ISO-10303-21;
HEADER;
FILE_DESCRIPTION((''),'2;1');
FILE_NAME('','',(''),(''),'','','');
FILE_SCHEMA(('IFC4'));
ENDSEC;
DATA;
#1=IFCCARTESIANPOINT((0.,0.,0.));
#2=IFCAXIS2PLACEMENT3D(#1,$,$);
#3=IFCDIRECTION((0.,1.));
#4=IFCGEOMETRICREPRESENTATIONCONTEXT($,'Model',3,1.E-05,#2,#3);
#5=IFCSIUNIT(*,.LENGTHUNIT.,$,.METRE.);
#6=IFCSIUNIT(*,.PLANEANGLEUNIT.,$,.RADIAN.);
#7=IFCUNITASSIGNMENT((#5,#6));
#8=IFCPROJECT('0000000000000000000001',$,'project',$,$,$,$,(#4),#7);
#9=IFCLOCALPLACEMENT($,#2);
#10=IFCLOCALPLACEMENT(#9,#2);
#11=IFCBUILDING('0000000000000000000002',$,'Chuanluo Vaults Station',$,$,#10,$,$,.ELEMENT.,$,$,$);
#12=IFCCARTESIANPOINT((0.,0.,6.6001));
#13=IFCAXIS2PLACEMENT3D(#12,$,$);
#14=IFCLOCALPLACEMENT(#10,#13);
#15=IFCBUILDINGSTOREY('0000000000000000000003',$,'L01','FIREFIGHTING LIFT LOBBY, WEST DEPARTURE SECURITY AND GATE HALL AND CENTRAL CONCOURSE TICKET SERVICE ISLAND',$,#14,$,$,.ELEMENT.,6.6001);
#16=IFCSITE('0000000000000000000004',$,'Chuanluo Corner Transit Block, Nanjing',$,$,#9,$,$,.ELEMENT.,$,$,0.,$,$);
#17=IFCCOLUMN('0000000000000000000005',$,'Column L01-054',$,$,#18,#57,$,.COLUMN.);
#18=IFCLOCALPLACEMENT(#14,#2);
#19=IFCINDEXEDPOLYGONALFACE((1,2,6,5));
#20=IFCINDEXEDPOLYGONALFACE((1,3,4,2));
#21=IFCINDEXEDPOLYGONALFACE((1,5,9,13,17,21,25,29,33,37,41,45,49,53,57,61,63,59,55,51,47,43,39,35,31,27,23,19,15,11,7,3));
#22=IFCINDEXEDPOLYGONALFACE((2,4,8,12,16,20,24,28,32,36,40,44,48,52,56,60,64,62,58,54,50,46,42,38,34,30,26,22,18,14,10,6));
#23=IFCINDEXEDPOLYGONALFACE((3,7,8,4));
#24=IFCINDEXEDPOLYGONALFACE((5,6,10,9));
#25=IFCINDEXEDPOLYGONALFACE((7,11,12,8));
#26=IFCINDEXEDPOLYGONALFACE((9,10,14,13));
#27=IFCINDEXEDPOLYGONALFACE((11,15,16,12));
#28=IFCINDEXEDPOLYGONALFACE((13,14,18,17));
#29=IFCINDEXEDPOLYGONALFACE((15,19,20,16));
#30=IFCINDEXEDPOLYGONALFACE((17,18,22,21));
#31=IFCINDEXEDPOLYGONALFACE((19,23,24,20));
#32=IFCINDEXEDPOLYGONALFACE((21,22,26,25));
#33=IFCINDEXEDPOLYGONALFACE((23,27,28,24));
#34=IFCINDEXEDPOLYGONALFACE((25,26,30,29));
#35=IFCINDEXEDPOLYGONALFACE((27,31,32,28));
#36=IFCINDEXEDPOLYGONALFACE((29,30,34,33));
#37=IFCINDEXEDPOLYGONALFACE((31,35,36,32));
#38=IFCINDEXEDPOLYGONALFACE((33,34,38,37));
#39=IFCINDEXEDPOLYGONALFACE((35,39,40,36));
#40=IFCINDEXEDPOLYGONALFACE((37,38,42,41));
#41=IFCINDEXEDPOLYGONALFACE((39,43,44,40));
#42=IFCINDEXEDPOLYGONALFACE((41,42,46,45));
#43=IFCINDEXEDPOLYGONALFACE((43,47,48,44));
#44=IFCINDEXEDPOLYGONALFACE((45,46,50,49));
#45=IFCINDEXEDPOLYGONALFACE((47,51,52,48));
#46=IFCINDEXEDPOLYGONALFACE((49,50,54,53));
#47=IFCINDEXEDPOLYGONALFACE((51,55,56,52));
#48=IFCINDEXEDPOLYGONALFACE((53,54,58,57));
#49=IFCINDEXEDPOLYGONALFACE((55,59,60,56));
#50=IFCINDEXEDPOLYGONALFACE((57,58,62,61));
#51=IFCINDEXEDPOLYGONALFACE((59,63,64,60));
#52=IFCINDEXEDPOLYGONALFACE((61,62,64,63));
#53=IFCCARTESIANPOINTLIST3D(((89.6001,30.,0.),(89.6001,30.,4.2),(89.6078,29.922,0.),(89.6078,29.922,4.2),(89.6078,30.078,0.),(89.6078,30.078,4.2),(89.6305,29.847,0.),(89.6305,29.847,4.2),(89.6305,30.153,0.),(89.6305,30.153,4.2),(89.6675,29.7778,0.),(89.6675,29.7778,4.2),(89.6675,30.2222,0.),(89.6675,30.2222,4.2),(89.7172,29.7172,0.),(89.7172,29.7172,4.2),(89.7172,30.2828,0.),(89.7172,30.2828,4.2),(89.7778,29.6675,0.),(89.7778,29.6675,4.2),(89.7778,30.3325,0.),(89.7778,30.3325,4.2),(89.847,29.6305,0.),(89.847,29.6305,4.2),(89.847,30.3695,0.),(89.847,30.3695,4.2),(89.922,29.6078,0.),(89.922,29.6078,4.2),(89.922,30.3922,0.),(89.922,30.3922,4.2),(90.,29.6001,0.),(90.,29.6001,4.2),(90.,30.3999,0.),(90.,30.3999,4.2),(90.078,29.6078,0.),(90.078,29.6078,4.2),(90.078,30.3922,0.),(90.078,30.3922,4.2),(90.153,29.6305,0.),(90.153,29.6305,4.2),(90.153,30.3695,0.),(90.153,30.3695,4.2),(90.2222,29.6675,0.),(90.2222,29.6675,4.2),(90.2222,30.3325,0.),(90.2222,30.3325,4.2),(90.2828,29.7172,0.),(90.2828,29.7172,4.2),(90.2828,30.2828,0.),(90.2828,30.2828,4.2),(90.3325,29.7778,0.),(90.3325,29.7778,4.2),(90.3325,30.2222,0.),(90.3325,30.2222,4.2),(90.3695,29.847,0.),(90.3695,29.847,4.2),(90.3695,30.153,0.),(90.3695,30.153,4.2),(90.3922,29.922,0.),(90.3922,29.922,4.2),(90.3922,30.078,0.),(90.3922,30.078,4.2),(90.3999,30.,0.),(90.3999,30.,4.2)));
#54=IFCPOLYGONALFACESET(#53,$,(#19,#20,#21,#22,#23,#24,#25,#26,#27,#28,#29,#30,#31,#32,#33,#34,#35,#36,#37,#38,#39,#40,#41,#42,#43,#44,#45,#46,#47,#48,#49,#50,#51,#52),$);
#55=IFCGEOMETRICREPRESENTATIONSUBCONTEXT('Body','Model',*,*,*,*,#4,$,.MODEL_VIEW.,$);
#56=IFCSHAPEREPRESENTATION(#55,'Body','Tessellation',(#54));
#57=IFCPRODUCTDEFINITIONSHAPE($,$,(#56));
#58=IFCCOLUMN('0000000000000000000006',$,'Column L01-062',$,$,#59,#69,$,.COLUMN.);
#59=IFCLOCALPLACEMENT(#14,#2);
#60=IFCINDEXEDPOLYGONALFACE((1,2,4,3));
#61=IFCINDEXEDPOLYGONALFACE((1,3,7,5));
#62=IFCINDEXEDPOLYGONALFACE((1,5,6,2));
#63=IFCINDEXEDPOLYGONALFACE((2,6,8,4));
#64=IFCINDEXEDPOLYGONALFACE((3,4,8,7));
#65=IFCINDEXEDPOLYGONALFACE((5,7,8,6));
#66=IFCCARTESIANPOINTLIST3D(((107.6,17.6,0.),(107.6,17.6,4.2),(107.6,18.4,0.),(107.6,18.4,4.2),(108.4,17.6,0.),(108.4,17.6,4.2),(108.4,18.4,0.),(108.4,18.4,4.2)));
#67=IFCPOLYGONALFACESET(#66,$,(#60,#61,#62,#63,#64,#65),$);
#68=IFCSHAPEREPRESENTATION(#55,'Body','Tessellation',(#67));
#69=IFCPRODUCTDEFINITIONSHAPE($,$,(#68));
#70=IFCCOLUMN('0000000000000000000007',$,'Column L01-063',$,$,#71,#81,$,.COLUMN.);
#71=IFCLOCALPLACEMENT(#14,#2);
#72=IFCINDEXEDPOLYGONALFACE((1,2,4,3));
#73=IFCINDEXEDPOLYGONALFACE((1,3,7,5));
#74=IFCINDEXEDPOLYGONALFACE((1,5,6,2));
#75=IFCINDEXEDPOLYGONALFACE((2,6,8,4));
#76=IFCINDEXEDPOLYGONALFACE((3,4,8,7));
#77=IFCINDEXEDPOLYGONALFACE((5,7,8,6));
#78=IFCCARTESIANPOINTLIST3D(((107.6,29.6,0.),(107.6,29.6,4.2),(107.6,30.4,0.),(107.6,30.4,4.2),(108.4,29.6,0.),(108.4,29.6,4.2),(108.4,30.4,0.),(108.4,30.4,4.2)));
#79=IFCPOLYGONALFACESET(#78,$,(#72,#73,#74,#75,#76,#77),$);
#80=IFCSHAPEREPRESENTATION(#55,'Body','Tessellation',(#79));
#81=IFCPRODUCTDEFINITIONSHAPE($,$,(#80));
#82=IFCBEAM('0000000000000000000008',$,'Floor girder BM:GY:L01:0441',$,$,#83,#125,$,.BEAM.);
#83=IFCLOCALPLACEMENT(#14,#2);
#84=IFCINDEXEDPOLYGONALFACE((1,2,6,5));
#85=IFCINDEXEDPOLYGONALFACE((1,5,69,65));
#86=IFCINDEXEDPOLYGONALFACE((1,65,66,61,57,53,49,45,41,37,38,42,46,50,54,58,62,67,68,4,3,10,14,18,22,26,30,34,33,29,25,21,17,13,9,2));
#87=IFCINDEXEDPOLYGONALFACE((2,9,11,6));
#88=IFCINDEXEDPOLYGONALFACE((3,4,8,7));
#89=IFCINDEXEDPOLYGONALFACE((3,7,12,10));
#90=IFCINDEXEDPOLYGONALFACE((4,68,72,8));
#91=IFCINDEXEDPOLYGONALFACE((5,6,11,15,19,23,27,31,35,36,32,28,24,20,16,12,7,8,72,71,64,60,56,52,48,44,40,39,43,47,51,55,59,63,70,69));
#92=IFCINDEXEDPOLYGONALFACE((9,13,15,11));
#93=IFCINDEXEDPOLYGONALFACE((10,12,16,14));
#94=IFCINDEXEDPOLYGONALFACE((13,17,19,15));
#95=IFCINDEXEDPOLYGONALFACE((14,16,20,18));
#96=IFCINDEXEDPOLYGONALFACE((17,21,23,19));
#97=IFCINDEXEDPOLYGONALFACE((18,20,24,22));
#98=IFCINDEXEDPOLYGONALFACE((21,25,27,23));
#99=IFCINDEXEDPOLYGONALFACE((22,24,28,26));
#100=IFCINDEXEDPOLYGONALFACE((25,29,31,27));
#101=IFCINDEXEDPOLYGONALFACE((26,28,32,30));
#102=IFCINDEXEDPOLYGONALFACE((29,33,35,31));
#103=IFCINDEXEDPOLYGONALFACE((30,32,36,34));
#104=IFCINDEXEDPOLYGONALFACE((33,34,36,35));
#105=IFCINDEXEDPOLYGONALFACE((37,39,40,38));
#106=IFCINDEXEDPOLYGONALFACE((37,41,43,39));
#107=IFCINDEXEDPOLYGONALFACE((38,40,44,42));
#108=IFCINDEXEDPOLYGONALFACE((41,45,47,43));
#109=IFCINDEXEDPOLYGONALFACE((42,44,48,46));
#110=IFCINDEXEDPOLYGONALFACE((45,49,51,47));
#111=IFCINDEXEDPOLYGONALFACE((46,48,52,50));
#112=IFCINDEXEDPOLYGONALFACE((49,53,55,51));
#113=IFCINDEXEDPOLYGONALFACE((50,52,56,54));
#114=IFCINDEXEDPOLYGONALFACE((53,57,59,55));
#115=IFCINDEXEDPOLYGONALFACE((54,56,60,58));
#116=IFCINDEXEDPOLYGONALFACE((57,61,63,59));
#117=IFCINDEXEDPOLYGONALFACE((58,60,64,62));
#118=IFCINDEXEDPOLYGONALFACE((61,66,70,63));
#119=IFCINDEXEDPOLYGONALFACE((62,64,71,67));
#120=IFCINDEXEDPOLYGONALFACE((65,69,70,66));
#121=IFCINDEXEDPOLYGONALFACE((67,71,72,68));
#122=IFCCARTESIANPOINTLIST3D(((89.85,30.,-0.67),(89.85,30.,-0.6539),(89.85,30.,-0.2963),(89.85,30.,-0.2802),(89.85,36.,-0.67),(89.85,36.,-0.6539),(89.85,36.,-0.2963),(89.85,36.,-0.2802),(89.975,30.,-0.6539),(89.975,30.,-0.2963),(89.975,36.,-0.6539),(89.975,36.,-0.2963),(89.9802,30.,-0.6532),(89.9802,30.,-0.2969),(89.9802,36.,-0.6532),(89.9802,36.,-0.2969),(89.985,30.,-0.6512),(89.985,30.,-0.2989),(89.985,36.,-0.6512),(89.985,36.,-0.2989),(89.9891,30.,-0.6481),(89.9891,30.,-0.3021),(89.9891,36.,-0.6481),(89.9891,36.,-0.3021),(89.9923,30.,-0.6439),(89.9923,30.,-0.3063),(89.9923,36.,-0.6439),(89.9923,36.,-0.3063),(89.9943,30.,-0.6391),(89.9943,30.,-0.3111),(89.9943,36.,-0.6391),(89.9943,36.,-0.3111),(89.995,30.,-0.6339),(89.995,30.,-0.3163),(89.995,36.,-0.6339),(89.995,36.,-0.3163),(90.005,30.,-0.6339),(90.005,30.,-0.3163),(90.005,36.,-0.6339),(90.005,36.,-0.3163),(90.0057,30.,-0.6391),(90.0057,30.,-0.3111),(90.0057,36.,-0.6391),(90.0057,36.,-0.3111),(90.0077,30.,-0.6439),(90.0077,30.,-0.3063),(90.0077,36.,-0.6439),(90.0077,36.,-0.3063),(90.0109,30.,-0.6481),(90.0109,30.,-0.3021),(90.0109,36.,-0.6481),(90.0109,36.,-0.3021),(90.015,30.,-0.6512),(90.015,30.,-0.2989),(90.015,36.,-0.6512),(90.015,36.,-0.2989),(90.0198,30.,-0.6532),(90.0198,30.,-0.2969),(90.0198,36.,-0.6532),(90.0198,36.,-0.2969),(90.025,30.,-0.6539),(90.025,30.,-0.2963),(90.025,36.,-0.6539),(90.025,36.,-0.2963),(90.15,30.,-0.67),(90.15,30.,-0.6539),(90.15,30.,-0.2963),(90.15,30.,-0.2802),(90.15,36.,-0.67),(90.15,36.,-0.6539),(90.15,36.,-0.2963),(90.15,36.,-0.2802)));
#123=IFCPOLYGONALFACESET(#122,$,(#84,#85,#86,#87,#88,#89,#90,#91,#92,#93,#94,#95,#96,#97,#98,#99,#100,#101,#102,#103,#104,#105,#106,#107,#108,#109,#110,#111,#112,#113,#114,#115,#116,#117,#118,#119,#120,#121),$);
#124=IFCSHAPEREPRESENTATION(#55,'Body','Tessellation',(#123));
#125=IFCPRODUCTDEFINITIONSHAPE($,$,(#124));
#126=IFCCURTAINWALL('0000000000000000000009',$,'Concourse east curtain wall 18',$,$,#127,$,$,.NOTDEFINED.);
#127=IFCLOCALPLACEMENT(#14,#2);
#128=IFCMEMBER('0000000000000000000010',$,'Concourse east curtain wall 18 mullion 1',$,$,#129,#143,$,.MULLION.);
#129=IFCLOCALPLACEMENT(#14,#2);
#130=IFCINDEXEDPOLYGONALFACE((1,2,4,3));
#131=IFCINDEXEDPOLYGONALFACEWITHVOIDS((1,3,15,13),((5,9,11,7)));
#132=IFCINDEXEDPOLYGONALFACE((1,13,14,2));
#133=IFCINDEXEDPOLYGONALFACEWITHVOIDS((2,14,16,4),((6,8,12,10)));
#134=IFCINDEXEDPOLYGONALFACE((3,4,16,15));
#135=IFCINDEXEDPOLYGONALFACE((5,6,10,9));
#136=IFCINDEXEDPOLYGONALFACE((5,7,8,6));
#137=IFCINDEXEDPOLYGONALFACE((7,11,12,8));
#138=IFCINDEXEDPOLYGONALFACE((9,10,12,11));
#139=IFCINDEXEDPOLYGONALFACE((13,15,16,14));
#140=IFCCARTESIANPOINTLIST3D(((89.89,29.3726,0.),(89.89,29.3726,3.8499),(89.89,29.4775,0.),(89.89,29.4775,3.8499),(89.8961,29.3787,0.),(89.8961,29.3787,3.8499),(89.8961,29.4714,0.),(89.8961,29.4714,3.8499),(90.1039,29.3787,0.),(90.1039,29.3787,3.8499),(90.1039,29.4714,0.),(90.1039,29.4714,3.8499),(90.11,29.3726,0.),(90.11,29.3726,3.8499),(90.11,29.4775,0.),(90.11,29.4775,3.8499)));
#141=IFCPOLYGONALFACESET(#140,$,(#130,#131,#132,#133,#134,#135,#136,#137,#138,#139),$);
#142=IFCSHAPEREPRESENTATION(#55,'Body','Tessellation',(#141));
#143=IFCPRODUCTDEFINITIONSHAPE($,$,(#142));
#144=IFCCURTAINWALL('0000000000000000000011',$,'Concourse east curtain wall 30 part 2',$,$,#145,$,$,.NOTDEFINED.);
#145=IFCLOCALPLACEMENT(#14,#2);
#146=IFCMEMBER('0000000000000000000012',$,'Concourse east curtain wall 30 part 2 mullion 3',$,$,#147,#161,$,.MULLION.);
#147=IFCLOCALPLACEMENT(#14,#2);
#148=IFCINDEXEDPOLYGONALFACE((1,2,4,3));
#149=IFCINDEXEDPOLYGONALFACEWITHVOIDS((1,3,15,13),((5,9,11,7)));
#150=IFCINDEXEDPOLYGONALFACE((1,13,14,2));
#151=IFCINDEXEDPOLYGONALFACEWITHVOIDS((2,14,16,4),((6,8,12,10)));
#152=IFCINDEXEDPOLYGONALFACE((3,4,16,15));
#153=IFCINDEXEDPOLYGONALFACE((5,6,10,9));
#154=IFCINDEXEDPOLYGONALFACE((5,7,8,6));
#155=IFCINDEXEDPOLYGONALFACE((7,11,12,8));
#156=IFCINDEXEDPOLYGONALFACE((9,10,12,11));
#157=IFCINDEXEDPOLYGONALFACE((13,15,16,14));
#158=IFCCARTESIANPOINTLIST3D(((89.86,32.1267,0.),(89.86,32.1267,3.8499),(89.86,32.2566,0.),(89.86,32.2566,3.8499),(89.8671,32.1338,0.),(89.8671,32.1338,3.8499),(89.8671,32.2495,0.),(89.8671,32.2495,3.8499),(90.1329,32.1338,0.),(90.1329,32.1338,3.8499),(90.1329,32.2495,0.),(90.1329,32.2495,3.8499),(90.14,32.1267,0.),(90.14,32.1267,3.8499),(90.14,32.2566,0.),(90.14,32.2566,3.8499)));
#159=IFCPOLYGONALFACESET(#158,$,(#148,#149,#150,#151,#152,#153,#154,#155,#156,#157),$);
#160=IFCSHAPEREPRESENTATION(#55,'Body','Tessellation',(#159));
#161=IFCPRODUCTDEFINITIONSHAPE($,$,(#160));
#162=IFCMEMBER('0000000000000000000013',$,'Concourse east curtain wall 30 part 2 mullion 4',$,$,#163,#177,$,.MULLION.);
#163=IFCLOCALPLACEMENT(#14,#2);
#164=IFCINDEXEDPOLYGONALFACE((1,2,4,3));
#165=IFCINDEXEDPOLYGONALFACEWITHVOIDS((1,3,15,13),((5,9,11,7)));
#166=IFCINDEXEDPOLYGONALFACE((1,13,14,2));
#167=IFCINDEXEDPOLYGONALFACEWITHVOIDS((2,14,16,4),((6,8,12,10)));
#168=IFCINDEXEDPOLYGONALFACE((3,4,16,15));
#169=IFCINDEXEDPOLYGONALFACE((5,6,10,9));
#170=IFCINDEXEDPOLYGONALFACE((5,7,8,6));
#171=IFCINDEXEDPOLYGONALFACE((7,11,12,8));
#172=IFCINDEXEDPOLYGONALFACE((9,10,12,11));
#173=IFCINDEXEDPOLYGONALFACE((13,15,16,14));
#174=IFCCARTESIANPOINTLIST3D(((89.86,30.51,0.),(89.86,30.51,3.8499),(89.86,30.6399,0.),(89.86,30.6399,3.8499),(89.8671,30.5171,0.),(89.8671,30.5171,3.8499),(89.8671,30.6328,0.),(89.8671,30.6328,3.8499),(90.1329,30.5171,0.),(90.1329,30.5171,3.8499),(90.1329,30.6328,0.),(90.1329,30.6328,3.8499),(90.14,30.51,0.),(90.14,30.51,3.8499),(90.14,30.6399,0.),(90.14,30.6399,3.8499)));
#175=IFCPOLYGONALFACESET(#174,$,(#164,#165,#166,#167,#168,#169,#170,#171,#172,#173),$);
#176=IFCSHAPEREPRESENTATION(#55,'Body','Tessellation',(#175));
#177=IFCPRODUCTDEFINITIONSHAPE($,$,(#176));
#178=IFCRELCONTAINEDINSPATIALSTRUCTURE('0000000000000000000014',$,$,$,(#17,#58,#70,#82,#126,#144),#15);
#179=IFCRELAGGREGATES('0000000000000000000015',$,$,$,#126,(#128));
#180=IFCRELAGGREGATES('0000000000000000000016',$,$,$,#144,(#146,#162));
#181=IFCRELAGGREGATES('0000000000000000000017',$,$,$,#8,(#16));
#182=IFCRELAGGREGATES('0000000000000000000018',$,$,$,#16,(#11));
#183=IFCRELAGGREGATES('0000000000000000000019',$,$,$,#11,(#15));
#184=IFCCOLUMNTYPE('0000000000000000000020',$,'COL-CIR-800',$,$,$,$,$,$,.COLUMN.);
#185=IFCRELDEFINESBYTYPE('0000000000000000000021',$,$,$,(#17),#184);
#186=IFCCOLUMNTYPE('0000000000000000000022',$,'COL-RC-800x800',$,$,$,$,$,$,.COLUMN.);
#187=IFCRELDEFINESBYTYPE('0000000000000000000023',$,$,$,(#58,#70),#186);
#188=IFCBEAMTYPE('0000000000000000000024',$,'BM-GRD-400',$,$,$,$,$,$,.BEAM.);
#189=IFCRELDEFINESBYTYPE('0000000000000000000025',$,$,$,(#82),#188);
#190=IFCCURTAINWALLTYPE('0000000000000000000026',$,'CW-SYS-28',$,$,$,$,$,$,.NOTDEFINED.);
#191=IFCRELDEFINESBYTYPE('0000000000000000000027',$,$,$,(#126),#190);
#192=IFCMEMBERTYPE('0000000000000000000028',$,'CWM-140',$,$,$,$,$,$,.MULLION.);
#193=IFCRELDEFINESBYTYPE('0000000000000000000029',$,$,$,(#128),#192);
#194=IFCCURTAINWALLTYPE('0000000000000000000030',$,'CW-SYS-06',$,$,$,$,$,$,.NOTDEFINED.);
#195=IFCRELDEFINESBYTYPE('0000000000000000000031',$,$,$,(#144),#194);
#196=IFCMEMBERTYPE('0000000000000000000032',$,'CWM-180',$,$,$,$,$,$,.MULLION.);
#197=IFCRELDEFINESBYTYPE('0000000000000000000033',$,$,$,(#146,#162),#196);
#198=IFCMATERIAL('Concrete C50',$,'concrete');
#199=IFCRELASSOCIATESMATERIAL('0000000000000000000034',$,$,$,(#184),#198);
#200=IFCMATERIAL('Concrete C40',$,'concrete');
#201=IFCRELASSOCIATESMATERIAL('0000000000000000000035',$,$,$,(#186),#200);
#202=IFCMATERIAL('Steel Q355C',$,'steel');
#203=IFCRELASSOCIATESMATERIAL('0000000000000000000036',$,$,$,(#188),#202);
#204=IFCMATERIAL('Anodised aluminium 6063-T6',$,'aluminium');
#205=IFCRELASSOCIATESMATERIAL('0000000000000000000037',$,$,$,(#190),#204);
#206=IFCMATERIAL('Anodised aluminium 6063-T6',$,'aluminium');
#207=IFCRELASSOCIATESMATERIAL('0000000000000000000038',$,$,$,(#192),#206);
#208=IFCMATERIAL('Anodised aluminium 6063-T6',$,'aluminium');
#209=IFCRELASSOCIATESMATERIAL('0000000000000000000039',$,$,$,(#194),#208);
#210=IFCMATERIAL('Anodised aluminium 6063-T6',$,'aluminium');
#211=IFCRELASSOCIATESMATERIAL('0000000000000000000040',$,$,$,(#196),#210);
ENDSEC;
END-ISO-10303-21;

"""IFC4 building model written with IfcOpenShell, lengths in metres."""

from ifc_helpers import new_model, si_unit, direction, frame, origin, origin_2d, place, context, subcontext, project, spatial, rectangle, hollow_rectangle, circle, i_section, extrude, material, material_profile, profile_set, type_object, element, aggregate, save


model = new_model("IFC4")

# Units and contexts
model_context = context("Model", 3, precision=1e-05, world=origin(), true_north=direction((0.0, 1.0)))
body_context = subcontext(model_context, "Body", "Model", "MODEL_VIEW")
ifc_project = project(units=[si_unit("LENGTHUNIT", "METRE"), si_unit("PLANEANGLEUNIT", "RADIAN")], contexts=[model_context])

# Site, building, storey
site_placement = place(None, origin())
site = spatial("IfcSite", under=ifc_project, at=site_placement, Name="Chuanluo Corner Transit Block, Nanjing", CompositionType="ELEMENT", RefElevation=0.0)
building_placement = place(site_placement, origin())
building = spatial("IfcBuilding", under=site, at=building_placement, Name="Chuanluo Vaults Station", CompositionType="ELEMENT")
storey_placement = place(building_placement, frame((0.0, 0.0, 6.6001)))
storey = spatial("IfcBuildingStorey", under=building, at=storey_placement, Name="L01", Description="FIREFIGHTING LIFT LOBBY, WEST DEPARTURE SECURITY AND GATE HALL AND CENTRAL CONCOURSE TICKET SERVICE ISLAND", CompositionType="ELEMENT", Elevation=6.6001)

# Columns
ifc_material_1 = material(Name="Concrete C50", Category="concrete")
ifc_material_profile_1 = material_profile(ifc_material_1, circle(Radius=0.3999, at=origin_2d()))
ifc_profile_set_1 = profile_set([ifc_material_profile_1], Name="Concrete C50")
column_type_1 = type_object("IfcColumnType", Name="COL-CIR-800", PredefinedType="COLUMN", material=ifc_profile_set_1)
column_placement = place(storey_placement, frame((90.0, 30.0, 0.0), z_axis=(0.0, 0.0, 1.0), x_axis=(1.0, 0.0, 0.0)))
element("IfcColumn", 1, at=column_placement, inside=storey, type_object=column_type_1, Name="Column L01-054", PredefinedType="COLUMN", context=body_context, shape_type="SweptSolid", body=[
    extrude(circle(Radius=0.3999, at=origin_2d()), origin(), (0.0, 0.0, 1.0), 4.2),
])
ifc_material_2 = material(Name="Concrete C40", Category="concrete")
ifc_material_profile_2 = material_profile(ifc_material_2, rectangle(XDim=0.8, YDim=0.8, at=origin_2d()))
ifc_profile_set_2 = profile_set([ifc_material_profile_2], Name="Concrete C40")
column_type_2 = type_object("IfcColumnType", Name="COL-RC-800x800", PredefinedType="COLUMN", material=ifc_profile_set_2)
for number, where, z_axis, x_axis, name in (
    (2, (108.0, 18.0, 0.0), (0.0, 0.0, 1.0), (1.0, 0.0, 0.0), "Column L01-062"),
    (3, (108.0, 30.0, 0.0), (0.0, 0.0, 1.0), (1.0, 0.0, 0.0), "Column L01-063"),
):
    element("IfcColumn", number, at=place(storey_placement, frame(where, z_axis=z_axis, x_axis=x_axis)), inside=storey, type_object=column_type_2, Name=name, PredefinedType="COLUMN", context=body_context, shape_type="SweptSolid", body=[
        extrude(rectangle(XDim=0.8, YDim=0.8, at=origin_2d()), origin(), (0.0, 0.0, 1.0), 4.2),
    ])

# Beam
ifc_material_3 = material(Name="Steel Q355C", Category="steel")
ifc_material_profile_3 = material_profile(ifc_material_3, i_section(OverallWidth=0.3, OverallDepth=0.3899, WebThickness=0.01, FlangeThickness=0.0161, FilletRadius=0.02, at=origin_2d()))
ifc_profile_set_3 = profile_set([ifc_material_profile_3], Name="Steel Q355C")
beam_type = type_object("IfcBeamType", Name="BM-GRD-400", PredefinedType="BEAM", material=ifc_profile_set_3)
beam_placement = place(storey_placement, frame((90.0, 30.0, -0.4751), z_axis=(0.0, 1.0, 0.0), x_axis=(-1.0, 0.0, 0.0)))
element("IfcBeam", 4, at=beam_placement, inside=storey, type_object=beam_type, Name="Floor girder BM:GY:L01:0441", PredefinedType="BEAM", context=body_context, shape_type="SweptSolid", body=[
    extrude(i_section(OverallWidth=0.3, OverallDepth=0.3899, WebThickness=0.01, FlangeThickness=0.0161, FilletRadius=0.02, at=origin_2d()), origin(), (0.0, 0.0, 1.0), 6.0),
])

# Curtain wall, member
ifc_material_4 = material(Name="Anodised aluminium 6063-T6", Category="aluminium")
curtain_wall_type_1 = type_object("IfcCurtainWallType", Name="CW-SYS-28", PredefinedType="NOTDEFINED", material=ifc_material_4)
curtain_wall_1_placement = place(storey_placement, origin())
curtain_wall_1 = element("IfcCurtainWall", 5, at=curtain_wall_1_placement, inside=storey, type_object=curtain_wall_type_1, Name="Concourse east curtain wall 18", PredefinedType="NOTDEFINED")
ifc_material_5 = material(Name="Anodised aluminium 6063-T6", Category="aluminium")
ifc_material_profile_4 = material_profile(ifc_material_5, hollow_rectangle(XDim=0.105, YDim=0.22, WallThickness=0.0061, at=origin_2d()))
ifc_profile_set_4 = profile_set([ifc_material_profile_4], Name="Anodised aluminium 6063-T6")
member_type_1 = type_object("IfcMemberType", Name="CWM-140", PredefinedType="MULLION", material=ifc_profile_set_4)
member_1_placement = place(storey_placement, frame((90.0, 29.425, 0.0), z_axis=(0.0, 0.0, 1.0), x_axis=(0.0, -1.0, 0.0)))
member_1 = element("IfcMember", 6, at=member_1_placement, type_object=member_type_1, Name="Concourse east curtain wall 18 mullion 1", PredefinedType="MULLION", context=body_context, shape_type="SweptSolid", body=[
    extrude(hollow_rectangle(XDim=0.105, YDim=0.22, WallThickness=0.0061, at=origin_2d()), origin(), (0.0, 0.0, 1.0), 3.8499),
])

# Curtain wall, members
ifc_material_6 = material(Name="Anodised aluminium 6063-T6", Category="aluminium")
curtain_wall_type_2 = type_object("IfcCurtainWallType", Name="CW-SYS-06", PredefinedType="NOTDEFINED", material=ifc_material_6)
curtain_wall_2_placement = place(storey_placement, origin())
curtain_wall_2 = element("IfcCurtainWall", 7, at=curtain_wall_2_placement, inside=storey, type_object=curtain_wall_type_2, Name="Concourse east curtain wall 30 part 2", PredefinedType="NOTDEFINED")
ifc_material_7 = material(Name="Anodised aluminium 6063-T6", Category="aluminium")
ifc_material_profile_5 = material_profile(ifc_material_7, hollow_rectangle(XDim=0.1299, YDim=0.28, WallThickness=0.0071, at=origin_2d()))
ifc_profile_set_5 = profile_set([ifc_material_profile_5], Name="Anodised aluminium 6063-T6")
member_type_2 = type_object("IfcMemberType", Name="CWM-180", PredefinedType="MULLION", material=ifc_profile_set_5)
member_2_placement = place(storey_placement, frame((90.0, 32.1917, 0.0), z_axis=(0.0, 0.0, 1.0), x_axis=(0.0, -1.0, 0.0)))
member_2 = element("IfcMember", 8, at=member_2_placement, type_object=member_type_2, Name="Concourse east curtain wall 30 part 2 mullion 3", PredefinedType="MULLION", context=body_context, shape_type="SweptSolid", body=[
    extrude(hollow_rectangle(XDim=0.1299, YDim=0.28, WallThickness=0.0071, at=origin_2d()), origin(), (0.0, 0.0, 1.0), 3.8499),
])
member_3_placement = place(storey_placement, frame((90.0, 30.575, 0.0), z_axis=(0.0, 0.0, 1.0), x_axis=(0.0, -1.0, 0.0)))
member_3 = element("IfcMember", 9, at=member_3_placement, type_object=member_type_2, Name="Concourse east curtain wall 30 part 2 mullion 4", PredefinedType="MULLION", context=body_context, shape_type="SweptSolid", body=[
    extrude(hollow_rectangle(XDim=0.1299, YDim=0.28, WallThickness=0.0071, at=origin_2d()), origin(), (0.0, 0.0, 1.0), 3.8499),
])

aggregate(curtain_wall_1, [member_1])
aggregate(curtain_wall_2, [member_2, member_3])

save(model, "model.ifc")
